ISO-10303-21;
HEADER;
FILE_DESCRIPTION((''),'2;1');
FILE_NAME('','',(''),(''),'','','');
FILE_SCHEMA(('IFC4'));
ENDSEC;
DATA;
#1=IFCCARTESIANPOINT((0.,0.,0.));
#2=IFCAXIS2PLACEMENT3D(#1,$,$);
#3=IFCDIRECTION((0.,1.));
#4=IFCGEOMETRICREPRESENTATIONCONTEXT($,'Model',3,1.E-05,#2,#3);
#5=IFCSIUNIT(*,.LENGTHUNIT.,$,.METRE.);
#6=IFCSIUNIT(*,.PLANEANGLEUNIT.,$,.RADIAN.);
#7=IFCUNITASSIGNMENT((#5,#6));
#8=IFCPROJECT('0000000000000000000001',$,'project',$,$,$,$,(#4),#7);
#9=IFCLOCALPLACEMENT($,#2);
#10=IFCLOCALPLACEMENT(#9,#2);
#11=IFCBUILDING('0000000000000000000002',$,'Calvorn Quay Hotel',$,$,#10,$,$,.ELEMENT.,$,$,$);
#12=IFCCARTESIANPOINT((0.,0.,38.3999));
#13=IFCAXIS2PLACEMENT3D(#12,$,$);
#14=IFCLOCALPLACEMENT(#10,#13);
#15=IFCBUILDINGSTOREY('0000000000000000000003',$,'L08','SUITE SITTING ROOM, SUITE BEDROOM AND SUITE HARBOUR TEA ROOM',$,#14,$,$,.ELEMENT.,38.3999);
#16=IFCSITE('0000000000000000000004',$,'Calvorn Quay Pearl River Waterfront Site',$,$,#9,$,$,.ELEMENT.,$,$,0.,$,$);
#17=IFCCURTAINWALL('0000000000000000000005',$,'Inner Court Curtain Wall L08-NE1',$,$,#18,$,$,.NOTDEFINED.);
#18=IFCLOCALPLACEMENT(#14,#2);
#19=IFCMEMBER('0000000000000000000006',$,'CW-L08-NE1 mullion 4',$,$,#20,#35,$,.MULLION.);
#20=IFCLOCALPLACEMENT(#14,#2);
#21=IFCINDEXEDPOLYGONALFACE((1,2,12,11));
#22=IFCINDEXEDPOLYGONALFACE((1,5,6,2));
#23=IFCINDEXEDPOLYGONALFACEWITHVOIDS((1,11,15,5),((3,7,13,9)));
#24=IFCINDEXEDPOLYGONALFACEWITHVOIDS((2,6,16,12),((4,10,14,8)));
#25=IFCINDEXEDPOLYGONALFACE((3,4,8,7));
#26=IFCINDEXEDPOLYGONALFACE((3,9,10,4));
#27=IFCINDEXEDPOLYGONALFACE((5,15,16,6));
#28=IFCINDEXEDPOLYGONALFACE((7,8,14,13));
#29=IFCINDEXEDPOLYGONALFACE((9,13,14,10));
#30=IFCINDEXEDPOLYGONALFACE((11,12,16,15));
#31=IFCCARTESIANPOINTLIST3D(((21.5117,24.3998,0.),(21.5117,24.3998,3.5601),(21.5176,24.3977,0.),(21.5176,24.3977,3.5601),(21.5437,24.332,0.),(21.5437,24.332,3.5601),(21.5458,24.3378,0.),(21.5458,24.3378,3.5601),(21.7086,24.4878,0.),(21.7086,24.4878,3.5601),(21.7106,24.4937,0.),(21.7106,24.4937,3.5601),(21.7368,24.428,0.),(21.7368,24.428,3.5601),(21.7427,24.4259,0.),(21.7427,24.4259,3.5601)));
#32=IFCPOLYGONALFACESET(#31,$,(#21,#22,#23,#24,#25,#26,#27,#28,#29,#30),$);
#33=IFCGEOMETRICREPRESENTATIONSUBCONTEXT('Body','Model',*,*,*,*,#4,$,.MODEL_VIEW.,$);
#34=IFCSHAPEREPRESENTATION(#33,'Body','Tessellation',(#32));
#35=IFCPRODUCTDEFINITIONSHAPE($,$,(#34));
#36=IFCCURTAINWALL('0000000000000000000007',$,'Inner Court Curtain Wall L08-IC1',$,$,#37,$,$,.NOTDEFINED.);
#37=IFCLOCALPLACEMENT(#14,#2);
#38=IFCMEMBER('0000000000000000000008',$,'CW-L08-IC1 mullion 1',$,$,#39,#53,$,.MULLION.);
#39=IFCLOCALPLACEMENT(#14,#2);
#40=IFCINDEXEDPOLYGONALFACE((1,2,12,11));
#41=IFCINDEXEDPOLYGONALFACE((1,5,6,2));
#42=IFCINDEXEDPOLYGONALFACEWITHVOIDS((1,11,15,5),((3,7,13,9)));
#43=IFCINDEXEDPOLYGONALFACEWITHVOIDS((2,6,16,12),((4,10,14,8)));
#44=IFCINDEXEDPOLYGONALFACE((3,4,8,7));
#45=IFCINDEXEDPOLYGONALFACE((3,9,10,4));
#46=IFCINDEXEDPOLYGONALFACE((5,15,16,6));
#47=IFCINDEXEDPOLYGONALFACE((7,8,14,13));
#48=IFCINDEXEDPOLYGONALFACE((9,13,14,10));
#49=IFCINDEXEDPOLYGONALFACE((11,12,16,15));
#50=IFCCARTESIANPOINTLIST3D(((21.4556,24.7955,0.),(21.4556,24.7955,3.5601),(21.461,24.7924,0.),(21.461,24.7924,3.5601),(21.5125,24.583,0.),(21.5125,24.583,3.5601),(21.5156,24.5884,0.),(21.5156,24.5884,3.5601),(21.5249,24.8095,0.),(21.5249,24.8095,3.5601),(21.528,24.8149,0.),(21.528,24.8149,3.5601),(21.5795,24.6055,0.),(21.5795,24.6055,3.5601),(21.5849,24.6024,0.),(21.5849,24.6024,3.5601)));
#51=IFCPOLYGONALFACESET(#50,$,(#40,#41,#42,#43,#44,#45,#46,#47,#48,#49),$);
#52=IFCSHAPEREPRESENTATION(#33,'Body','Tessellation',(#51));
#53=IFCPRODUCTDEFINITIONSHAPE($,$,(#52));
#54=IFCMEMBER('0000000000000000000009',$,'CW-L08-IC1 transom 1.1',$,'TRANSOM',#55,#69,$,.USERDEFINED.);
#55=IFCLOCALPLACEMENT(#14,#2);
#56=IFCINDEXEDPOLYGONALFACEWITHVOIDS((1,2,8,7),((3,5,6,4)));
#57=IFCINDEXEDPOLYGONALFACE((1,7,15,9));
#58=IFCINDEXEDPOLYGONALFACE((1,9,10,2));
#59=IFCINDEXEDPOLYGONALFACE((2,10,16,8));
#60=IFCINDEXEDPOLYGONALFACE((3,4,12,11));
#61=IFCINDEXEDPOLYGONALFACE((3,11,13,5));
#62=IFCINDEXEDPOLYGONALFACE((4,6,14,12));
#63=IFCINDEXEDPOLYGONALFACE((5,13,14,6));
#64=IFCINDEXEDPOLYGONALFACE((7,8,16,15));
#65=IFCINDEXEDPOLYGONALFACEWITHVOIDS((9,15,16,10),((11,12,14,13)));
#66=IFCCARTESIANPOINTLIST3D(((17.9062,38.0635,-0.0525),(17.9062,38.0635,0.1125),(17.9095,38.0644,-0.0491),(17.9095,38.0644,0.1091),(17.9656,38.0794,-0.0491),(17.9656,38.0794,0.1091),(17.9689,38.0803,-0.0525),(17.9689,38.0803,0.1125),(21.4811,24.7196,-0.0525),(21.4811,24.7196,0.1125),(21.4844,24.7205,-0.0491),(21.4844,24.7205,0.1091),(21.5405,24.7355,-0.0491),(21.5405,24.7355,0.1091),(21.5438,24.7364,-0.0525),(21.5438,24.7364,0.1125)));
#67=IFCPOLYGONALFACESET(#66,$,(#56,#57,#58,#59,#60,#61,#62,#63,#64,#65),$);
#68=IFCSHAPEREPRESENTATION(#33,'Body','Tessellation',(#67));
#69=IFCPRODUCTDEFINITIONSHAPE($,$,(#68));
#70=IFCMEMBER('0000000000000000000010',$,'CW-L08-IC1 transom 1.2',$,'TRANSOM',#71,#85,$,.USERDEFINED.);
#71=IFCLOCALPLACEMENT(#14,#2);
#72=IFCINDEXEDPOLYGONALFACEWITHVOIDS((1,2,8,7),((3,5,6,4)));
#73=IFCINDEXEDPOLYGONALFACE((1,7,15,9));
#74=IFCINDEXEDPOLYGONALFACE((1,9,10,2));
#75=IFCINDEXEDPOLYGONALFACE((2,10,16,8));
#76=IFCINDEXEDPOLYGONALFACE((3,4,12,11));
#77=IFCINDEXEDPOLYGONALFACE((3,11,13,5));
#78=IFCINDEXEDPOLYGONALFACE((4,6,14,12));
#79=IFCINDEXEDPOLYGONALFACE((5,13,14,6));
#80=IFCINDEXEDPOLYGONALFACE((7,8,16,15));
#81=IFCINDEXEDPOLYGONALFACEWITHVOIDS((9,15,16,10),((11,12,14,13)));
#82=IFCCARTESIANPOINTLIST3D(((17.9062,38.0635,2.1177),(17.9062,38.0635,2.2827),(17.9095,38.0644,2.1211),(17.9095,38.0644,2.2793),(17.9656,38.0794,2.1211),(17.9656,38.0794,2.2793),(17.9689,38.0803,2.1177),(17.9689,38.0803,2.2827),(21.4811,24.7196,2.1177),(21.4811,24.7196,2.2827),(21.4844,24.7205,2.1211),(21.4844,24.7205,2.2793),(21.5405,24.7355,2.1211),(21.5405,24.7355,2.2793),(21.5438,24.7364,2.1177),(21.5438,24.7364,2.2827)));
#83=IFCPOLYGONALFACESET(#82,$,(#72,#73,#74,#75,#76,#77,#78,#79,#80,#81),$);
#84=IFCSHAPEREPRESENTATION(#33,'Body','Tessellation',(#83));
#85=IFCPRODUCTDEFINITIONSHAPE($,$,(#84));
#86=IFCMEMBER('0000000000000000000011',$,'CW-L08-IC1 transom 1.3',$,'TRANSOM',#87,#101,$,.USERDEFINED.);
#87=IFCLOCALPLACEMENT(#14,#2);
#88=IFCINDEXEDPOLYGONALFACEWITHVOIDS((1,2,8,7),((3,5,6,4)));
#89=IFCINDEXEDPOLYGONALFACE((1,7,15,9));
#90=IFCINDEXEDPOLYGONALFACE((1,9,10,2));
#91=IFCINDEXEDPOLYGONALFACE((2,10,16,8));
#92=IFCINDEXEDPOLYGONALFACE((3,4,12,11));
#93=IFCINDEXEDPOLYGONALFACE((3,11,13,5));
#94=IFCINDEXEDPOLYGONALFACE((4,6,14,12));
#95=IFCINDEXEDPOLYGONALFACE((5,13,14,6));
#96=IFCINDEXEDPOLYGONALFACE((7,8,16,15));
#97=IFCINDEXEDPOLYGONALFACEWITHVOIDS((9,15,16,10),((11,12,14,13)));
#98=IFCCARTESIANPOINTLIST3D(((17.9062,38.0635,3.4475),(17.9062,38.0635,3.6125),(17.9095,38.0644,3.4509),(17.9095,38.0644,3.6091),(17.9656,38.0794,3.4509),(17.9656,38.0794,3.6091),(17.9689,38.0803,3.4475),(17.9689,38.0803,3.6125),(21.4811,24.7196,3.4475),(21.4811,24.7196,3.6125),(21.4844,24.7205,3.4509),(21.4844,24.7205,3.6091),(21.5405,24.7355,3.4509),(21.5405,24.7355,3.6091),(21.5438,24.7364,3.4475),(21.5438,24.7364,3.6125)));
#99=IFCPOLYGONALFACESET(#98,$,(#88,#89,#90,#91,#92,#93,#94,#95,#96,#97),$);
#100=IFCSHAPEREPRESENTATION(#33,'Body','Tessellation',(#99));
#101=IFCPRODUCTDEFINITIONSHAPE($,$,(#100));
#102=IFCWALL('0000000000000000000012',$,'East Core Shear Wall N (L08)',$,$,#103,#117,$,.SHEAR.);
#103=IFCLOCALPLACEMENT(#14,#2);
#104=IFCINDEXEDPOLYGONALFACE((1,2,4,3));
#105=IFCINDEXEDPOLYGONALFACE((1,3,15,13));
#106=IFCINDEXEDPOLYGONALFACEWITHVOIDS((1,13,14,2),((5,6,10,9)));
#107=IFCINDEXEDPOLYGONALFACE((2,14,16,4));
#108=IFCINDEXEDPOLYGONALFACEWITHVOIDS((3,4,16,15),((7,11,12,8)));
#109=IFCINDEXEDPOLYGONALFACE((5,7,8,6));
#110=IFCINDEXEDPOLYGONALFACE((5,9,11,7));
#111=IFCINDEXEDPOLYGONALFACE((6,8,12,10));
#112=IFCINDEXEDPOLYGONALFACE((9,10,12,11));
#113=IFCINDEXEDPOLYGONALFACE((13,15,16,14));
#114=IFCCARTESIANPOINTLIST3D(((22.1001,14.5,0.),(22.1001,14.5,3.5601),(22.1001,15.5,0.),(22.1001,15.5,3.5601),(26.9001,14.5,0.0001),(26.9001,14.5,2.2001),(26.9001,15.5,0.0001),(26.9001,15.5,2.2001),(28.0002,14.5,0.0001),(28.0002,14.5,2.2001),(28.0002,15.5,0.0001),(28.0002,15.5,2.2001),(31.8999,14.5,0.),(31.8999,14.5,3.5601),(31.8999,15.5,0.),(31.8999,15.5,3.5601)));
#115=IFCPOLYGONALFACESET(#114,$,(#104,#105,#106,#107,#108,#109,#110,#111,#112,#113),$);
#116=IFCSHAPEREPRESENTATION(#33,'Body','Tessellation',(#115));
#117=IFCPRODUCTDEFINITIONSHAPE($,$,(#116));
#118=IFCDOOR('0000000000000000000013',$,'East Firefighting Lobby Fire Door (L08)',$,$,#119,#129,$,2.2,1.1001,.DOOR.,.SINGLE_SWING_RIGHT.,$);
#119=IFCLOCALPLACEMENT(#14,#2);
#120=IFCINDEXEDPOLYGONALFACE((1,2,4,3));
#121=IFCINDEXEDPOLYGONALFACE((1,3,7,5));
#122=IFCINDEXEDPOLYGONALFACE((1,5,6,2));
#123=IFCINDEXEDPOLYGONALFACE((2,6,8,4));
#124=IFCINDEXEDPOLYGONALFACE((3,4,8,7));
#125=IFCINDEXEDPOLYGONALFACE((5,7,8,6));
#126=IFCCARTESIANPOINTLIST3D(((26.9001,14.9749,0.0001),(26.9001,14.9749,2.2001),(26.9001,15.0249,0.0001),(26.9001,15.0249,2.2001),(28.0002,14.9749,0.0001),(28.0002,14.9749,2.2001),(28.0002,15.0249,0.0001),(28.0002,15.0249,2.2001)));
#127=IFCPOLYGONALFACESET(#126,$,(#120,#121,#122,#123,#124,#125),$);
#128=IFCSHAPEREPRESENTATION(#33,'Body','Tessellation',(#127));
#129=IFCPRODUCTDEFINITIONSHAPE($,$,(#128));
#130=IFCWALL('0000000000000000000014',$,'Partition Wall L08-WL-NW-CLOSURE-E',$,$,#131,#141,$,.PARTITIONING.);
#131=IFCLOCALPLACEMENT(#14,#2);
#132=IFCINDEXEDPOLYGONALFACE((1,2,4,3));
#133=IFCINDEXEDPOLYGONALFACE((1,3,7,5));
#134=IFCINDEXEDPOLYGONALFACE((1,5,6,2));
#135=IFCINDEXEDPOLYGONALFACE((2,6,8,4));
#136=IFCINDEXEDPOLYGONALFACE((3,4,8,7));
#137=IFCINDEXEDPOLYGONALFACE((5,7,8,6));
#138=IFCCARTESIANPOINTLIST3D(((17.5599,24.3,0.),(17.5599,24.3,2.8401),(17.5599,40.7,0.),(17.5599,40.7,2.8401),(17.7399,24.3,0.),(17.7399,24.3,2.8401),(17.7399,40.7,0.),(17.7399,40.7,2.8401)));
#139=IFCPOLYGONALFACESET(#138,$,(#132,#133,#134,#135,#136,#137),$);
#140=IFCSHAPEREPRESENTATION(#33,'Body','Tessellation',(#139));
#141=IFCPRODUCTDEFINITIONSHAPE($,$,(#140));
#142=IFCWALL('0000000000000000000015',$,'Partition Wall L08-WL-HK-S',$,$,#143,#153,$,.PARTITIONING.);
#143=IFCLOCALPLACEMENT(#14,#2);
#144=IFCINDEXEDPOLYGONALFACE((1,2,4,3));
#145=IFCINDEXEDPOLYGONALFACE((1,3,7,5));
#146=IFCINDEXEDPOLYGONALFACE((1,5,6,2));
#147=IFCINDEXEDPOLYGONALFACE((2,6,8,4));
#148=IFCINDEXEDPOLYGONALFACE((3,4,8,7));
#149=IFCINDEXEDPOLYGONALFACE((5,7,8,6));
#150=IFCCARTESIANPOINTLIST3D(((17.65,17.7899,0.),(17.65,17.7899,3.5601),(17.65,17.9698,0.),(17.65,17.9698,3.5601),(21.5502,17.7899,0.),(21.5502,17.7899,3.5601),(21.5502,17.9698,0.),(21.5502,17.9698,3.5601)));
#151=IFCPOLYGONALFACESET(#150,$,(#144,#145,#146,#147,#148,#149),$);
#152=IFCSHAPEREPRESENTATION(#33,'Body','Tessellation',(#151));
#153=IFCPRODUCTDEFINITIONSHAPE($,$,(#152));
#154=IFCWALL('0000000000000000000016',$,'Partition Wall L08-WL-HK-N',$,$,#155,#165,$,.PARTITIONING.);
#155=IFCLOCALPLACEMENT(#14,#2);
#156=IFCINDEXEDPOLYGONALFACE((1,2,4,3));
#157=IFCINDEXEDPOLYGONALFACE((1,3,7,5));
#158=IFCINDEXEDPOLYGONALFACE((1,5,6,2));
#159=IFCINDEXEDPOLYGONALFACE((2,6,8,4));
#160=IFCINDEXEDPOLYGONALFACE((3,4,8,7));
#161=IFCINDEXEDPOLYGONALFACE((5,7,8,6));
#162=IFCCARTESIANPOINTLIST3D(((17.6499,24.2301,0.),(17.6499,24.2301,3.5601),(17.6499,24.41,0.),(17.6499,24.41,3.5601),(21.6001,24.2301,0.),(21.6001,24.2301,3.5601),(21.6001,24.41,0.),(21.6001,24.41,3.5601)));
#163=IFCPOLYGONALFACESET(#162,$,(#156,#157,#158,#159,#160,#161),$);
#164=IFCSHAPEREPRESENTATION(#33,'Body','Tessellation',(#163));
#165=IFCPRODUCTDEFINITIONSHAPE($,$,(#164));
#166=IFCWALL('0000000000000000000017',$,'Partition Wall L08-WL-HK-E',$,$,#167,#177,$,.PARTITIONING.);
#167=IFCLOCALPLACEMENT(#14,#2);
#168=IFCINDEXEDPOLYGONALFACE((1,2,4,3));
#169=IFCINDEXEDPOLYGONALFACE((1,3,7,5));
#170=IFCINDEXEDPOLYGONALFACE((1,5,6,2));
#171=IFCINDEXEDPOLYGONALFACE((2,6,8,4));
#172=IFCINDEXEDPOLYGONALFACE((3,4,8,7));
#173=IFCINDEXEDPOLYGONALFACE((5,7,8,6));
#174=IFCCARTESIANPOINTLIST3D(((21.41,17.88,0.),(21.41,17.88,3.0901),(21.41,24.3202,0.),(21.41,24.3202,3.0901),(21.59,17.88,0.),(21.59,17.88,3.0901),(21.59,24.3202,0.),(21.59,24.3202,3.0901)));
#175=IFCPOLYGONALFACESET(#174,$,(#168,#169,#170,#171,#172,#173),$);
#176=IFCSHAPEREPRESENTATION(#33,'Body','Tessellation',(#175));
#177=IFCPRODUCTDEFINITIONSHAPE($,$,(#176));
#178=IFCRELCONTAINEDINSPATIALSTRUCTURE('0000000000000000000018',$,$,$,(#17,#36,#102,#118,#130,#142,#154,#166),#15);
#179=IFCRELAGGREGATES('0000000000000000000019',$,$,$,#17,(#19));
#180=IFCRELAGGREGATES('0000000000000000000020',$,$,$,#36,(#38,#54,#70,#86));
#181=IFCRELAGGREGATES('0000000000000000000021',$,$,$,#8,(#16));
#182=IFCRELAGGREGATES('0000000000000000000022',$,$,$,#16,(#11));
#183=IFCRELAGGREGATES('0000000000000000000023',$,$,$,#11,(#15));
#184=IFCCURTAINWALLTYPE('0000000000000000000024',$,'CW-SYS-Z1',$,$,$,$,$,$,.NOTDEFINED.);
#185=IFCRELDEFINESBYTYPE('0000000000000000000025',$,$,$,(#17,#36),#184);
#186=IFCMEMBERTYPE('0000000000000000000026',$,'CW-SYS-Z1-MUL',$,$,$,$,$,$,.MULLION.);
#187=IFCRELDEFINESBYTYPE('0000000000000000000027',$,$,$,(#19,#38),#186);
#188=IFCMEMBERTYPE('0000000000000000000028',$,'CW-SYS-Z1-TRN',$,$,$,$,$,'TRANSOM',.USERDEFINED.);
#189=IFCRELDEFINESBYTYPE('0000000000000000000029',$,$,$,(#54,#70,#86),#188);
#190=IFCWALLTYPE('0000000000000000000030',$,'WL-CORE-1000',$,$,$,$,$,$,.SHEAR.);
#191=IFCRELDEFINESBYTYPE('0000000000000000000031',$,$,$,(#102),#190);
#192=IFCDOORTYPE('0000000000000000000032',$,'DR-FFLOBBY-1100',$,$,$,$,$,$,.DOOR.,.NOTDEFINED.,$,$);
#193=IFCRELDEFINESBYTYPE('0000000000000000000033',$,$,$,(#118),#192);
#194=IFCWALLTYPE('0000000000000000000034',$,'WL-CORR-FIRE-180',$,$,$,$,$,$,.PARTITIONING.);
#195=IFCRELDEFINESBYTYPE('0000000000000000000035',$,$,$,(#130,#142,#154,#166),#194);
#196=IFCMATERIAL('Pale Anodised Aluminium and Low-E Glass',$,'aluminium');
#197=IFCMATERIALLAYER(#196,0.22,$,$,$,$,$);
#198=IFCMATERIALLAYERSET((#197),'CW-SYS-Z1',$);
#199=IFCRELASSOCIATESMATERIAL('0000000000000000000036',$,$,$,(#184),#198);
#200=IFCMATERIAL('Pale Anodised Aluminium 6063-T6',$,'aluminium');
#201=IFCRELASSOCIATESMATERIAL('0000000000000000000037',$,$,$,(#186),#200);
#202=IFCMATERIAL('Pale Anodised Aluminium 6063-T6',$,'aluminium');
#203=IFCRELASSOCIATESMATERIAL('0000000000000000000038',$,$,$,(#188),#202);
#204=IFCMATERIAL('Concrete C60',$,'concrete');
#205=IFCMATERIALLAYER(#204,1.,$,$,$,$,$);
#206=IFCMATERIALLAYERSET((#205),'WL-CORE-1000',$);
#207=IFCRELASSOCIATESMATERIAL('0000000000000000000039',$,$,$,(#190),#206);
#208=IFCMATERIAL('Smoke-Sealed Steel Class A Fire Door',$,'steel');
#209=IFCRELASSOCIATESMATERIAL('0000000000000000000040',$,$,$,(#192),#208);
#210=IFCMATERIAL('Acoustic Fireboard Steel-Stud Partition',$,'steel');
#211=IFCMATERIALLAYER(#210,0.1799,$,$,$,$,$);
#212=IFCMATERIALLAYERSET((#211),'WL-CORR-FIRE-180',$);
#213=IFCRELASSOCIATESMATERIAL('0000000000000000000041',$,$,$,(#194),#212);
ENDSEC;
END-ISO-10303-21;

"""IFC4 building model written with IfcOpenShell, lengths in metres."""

from ifc_helpers import new_model, si_unit, direction, frame, frame_2d, origin, origin_2d, place, context, subcontext, project, spatial, rectangle, hollow_rectangle, extrude, material, layer, layer_set, material_profile, profile_set, type_object, element, fill, aggregate, save


model = new_model("IFC4")

# Units and contexts
model_context = context("Model", 3, precision=1e-05, world=origin(), true_north=direction((0.0, 1.0)))
body_context = subcontext(model_context, "Body", "Model", "MODEL_VIEW")
ifc_project = project(units=[si_unit("LENGTHUNIT", "METRE"), si_unit("PLANEANGLEUNIT", "RADIAN")], contexts=[model_context])

# Site, building, storey
site_placement = place(None, origin())
site = spatial("IfcSite", under=ifc_project, at=site_placement, Name="Calvorn Quay Pearl River Waterfront Site", CompositionType="ELEMENT", RefElevation=0.0)
building_placement = place(site_placement, origin())
building = spatial("IfcBuilding", under=site, at=building_placement, Name="Calvorn Quay Hotel", CompositionType="ELEMENT")
storey_placement = place(building_placement, frame((0.0, 0.0, 38.3999)))
storey = spatial("IfcBuildingStorey", under=building, at=storey_placement, Name="L08", Description="SUITE SITTING ROOM, SUITE BEDROOM AND SUITE HARBOUR TEA ROOM", CompositionType="ELEMENT", Elevation=38.3999)

# Curtain wall, member
ifc_material_1 = material(Name="Pale Anodised Aluminium and Low-E Glass", Category="aluminium")
ifc_layer_1 = layer(ifc_material_1, 0.22)
ifc_layer_set_1 = layer_set([ifc_layer_1], Name="CW-SYS-Z1")
curtain_wall_type = type_object("IfcCurtainWallType", Name="CW-SYS-Z1", PredefinedType="NOTDEFINED", material=ifc_layer_set_1)
curtain_wall_1_placement = place(storey_placement, origin())
curtain_wall_1 = element("IfcCurtainWall", 1, at=curtain_wall_1_placement, inside=storey, type_object=curtain_wall_type, Name="Inner Court Curtain Wall L08-NE1", PredefinedType="NOTDEFINED")
ifc_material_2 = material(Name="Pale Anodised Aluminium 6063-T6", Category="aluminium")
ifc_material_profile_1 = material_profile(ifc_material_2, hollow_rectangle(XDim=0.075, YDim=0.22, WallThickness=0.0044, at=origin_2d()), Name="ALU-M220x75x4.5")
ifc_profile_set_1 = profile_set([ifc_material_profile_1], Name="Pale Anodised Aluminium 6063-T6")
member_type_1 = type_object("IfcMemberType", Name="CW-SYS-Z1-MUL", PredefinedType="MULLION", material=ifc_profile_set_1)
member_1_placement = place(storey_placement, frame((21.6272, 24.4128, 0.0), z_axis=(0.0, 0.0, 1.0), x_axis=(0.427006, -0.904249, 0.0)))
member_1 = element("IfcMember", 2, at=member_1_placement, type_object=member_type_1, Name="CW-L08-NE1 mullion 4", PredefinedType="MULLION", context=body_context, shape_type="SweptSolid", body=[
    extrude(hollow_rectangle(XDim=0.075, YDim=0.22, WallThickness=0.0044, at=origin_2d()), origin(), (0.0, 0.0, 1.0), 3.5601),
])
aggregate(curtain_wall_1, [member_1])

# Curtain wall, members
curtain_wall_2_placement = place(storey_placement, origin())
curtain_wall_2 = element("IfcCurtainWall", 3, at=curtain_wall_2_placement, inside=storey, type_object=curtain_wall_type, Name="Inner Court Curtain Wall L08-IC1", PredefinedType="NOTDEFINED")
member_2_placement = place(storey_placement, frame((21.5203, 24.699, 0.0), z_axis=(0.0, 0.0, 1.0), x_axis=(-0.965937, -0.258779, 0.0)))
member_2 = element("IfcMember", 4, at=member_2_placement, type_object=member_type_1, Name="CW-L08-IC1 mullion 1", PredefinedType="MULLION", context=body_context, shape_type="SweptSolid", body=[
    extrude(hollow_rectangle(XDim=0.075, YDim=0.22, WallThickness=0.0044, at=origin_2d()), origin(), (0.0, 0.0, 1.0), 3.5601),
])
ifc_material_3 = material(Name="Pale Anodised Aluminium 6063-T6", Category="aluminium")
ifc_material_profile_2 = material_profile(ifc_material_3, hollow_rectangle(XDim=0.0649, YDim=0.165, WallThickness=0.0034, at=origin_2d()), Name="ALU-T165x65x3.5")
ifc_profile_set_2 = profile_set([ifc_material_profile_2], Name="Pale Anodised Aluminium 6063-T6")
member_type_2 = type_object("IfcMemberType", Name="CW-SYS-Z1-TRN", ElementType="TRANSOM", PredefinedType="USERDEFINED", material=ifc_profile_set_2)
member_3_placement = place(storey_placement, frame((21.5125, 24.728, 0.03), z_axis=(-0.258781, 0.965936, 0.0), x_axis=(-0.965936, -0.258781, 0.0)))
member_3 = element("IfcMember", 5, at=member_3_placement, type_object=member_type_2, Name="CW-L08-IC1 transom 1.1", ObjectType="TRANSOM", PredefinedType="USERDEFINED", context=body_context, shape_type="SweptSolid", body=[
    extrude(hollow_rectangle(XDim=0.0649, YDim=0.165, WallThickness=0.0034, at=origin_2d()), origin(), (0.0, 0.0, 1.0), 13.8145),
])
member_4_placement = place(storey_placement, frame((21.5125, 24.728, 2.2002), z_axis=(-0.258781, 0.965936, 0.0), x_axis=(-0.965936, -0.258781, 0.0)))
member_4 = element("IfcMember", 6, at=member_4_placement, type_object=member_type_2, Name="CW-L08-IC1 transom 1.2", ObjectType="TRANSOM", PredefinedType="USERDEFINED", context=body_context, shape_type="SweptSolid", body=[
    extrude(hollow_rectangle(XDim=0.0649, YDim=0.165, WallThickness=0.0034, at=origin_2d()), origin(), (0.0, 0.0, 1.0), 13.8145),
])
member_5_placement = place(storey_placement, frame((21.5125, 24.728, 3.53), z_axis=(-0.258781, 0.965936, 0.0), x_axis=(-0.965936, -0.258781, 0.0)))
member_5 = element("IfcMember", 7, at=member_5_placement, type_object=member_type_2, Name="CW-L08-IC1 transom 1.3", ObjectType="TRANSOM", PredefinedType="USERDEFINED", context=body_context, shape_type="SweptSolid", body=[
    extrude(hollow_rectangle(XDim=0.0649, YDim=0.165, WallThickness=0.0034, at=origin_2d()), origin(), (0.0, 0.0, 1.0), 13.8145),
])
aggregate(curtain_wall_2, [member_2, member_3, member_4, member_5])

# Wall, opening, door
ifc_material_4 = material(Name="Concrete C60", Category="concrete")
ifc_layer_2 = layer(ifc_material_4, 1.0)
ifc_layer_set_2 = layer_set([ifc_layer_2], Name="WL-CORE-1000")
wall_type_1 = type_object("IfcWallType", Name="WL-CORE-1000", PredefinedType="SHEAR", material=ifc_layer_set_2)
wall_1_placement = place(storey_placement, frame((22.1001, 15.0, 0.0), z_axis=(0.0, 0.0, 1.0), x_axis=(1.0, 0.0, 0.0)))
wall_1 = element("IfcWall", 8, at=wall_1_placement, inside=storey, type_object=wall_type_1, Name="East Core Shear Wall N (L08)", PredefinedType="SHEAR", context=body_context, shape_type="SweptSolid", body=[
    extrude(rectangle(XDim=9.7998, YDim=1.0, at=frame_2d((4.8999, 0.0))), origin(), (0.0, 0.0, 1.0), 3.5601),
])
opening_1_placement = place(wall_1_placement, frame((4.8, 0.0, 0.0)))
opening_1 = element("IfcOpeningElement", 9, at=opening_1_placement, cuts=wall_1, PredefinedType="OPENING", context=body_context, shape_type="SweptSolid", body=[
    extrude(rectangle(XDim=1.1001, YDim=2.2, at=frame_2d((0.55, 1.1001))), frame((0.0, 0.51, 0.0), z_axis=(0.0, -1.0, 0.0), x_axis=(1.0, 0.0, 0.0)), (0.0, 0.0, 1.0), 1.02),
])
ifc_material_5 = material(Name="Smoke-Sealed Steel Class A Fire Door", Category="steel")
door_type_1 = type_object("IfcDoorType", Name="DR-FFLOBBY-1100", OperationType="NOTDEFINED", PredefinedType="DOOR", material=ifc_material_5)
door_1_placement = place(opening_1_placement, origin())
door_1 = element("IfcDoor", 10, at=door_1_placement, inside=storey, type_object=door_type_1, Name="East Firefighting Lobby Fire Door (L08)", OperationType="SINGLE_SWING_RIGHT", OverallHeight=2.2, OverallWidth=1.1001, PredefinedType="DOOR", context=body_context, shape_type="SweptSolid", body=[
    extrude(rectangle(XDim=1.1001, YDim=2.2, at=frame_2d((0.55, 1.1001))), frame((0.0, 0.0249, 0.0), z_axis=(0.0, -1.0, 0.0), x_axis=(1.0, 0.0, 0.0)), (0.0, 0.0, 1.0), 0.05),
])
fill(opening_1, door_1)

# Walls
ifc_material_6 = material(Name="Acoustic Fireboard Steel-Stud Partition", Category="steel")
ifc_layer_3 = layer(ifc_material_6, 0.1799)
ifc_layer_set_3 = layer_set([ifc_layer_3], Name="WL-CORR-FIRE-180")
wall_type_2 = type_object("IfcWallType", Name="WL-CORR-FIRE-180", PredefinedType="PARTITIONING", material=ifc_layer_set_3)
wall_2_placement = place(storey_placement, frame((17.6499, 24.3, 0.0), z_axis=(0.0, 0.0, 1.0), x_axis=(0.0, 1.0, 0.0)))
element("IfcWall", 11, at=wall_2_placement, inside=storey, type_object=wall_type_2, Name="Partition Wall L08-WL-NW-CLOSURE-E", PredefinedType="PARTITIONING", context=body_context, shape_type="SweptSolid", body=[
    extrude(rectangle(XDim=16.3999, YDim=0.1799, at=frame_2d((8.2, 0.0))), origin(), (0.0, 0.0, 1.0), 2.8401),
])
wall_3_placement = place(storey_placement, frame((17.6499, 17.8799, 0.0), z_axis=(0.0, 0.0, 1.0), x_axis=(1.0, 0.0, 0.0)))
element("IfcWall", 12, at=wall_3_placement, inside=storey, type_object=wall_type_2, Name="Partition Wall L08-WL-HK-S", PredefinedType="PARTITIONING", context=body_context, shape_type="SweptSolid", body=[
    extrude(rectangle(XDim=3.9001, YDim=0.1799, at=frame_2d((1.9502, 0.0))), origin(), (0.0, 0.0, 1.0), 3.5601),
])
wall_4_placement = place(storey_placement, frame((17.6499, 24.3201, 0.0), z_axis=(0.0, 0.0, 1.0), x_axis=(1.0, 0.0, 0.0)))
element("IfcWall", 13, at=wall_4_placement, inside=storey, type_object=wall_type_2, Name="Partition Wall L08-WL-HK-N", PredefinedType="PARTITIONING", context=body_context, shape_type="SweptSolid", body=[
    extrude(rectangle(XDim=3.9502, YDim=0.1799, at=frame_2d((1.9751, 0.0))), origin(), (0.0, 0.0, 1.0), 3.5601),
])
wall_5_placement = place(storey_placement, frame((21.5, 17.8799, 0.0), z_axis=(0.0, 0.0, 1.0), x_axis=(0.0, 1.0, 0.0)))
element("IfcWall", 14, at=wall_5_placement, inside=storey, type_object=wall_type_2, Name="Partition Wall L08-WL-HK-E", PredefinedType="PARTITIONING", context=body_context, shape_type="SweptSolid", body=[
    extrude(rectangle(XDim=6.4402, YDim=0.1799, at=frame_2d((3.2202, 0.0))), origin(), (0.0, 0.0, 1.0), 3.0901),
])

save(model, "model.ifc")
